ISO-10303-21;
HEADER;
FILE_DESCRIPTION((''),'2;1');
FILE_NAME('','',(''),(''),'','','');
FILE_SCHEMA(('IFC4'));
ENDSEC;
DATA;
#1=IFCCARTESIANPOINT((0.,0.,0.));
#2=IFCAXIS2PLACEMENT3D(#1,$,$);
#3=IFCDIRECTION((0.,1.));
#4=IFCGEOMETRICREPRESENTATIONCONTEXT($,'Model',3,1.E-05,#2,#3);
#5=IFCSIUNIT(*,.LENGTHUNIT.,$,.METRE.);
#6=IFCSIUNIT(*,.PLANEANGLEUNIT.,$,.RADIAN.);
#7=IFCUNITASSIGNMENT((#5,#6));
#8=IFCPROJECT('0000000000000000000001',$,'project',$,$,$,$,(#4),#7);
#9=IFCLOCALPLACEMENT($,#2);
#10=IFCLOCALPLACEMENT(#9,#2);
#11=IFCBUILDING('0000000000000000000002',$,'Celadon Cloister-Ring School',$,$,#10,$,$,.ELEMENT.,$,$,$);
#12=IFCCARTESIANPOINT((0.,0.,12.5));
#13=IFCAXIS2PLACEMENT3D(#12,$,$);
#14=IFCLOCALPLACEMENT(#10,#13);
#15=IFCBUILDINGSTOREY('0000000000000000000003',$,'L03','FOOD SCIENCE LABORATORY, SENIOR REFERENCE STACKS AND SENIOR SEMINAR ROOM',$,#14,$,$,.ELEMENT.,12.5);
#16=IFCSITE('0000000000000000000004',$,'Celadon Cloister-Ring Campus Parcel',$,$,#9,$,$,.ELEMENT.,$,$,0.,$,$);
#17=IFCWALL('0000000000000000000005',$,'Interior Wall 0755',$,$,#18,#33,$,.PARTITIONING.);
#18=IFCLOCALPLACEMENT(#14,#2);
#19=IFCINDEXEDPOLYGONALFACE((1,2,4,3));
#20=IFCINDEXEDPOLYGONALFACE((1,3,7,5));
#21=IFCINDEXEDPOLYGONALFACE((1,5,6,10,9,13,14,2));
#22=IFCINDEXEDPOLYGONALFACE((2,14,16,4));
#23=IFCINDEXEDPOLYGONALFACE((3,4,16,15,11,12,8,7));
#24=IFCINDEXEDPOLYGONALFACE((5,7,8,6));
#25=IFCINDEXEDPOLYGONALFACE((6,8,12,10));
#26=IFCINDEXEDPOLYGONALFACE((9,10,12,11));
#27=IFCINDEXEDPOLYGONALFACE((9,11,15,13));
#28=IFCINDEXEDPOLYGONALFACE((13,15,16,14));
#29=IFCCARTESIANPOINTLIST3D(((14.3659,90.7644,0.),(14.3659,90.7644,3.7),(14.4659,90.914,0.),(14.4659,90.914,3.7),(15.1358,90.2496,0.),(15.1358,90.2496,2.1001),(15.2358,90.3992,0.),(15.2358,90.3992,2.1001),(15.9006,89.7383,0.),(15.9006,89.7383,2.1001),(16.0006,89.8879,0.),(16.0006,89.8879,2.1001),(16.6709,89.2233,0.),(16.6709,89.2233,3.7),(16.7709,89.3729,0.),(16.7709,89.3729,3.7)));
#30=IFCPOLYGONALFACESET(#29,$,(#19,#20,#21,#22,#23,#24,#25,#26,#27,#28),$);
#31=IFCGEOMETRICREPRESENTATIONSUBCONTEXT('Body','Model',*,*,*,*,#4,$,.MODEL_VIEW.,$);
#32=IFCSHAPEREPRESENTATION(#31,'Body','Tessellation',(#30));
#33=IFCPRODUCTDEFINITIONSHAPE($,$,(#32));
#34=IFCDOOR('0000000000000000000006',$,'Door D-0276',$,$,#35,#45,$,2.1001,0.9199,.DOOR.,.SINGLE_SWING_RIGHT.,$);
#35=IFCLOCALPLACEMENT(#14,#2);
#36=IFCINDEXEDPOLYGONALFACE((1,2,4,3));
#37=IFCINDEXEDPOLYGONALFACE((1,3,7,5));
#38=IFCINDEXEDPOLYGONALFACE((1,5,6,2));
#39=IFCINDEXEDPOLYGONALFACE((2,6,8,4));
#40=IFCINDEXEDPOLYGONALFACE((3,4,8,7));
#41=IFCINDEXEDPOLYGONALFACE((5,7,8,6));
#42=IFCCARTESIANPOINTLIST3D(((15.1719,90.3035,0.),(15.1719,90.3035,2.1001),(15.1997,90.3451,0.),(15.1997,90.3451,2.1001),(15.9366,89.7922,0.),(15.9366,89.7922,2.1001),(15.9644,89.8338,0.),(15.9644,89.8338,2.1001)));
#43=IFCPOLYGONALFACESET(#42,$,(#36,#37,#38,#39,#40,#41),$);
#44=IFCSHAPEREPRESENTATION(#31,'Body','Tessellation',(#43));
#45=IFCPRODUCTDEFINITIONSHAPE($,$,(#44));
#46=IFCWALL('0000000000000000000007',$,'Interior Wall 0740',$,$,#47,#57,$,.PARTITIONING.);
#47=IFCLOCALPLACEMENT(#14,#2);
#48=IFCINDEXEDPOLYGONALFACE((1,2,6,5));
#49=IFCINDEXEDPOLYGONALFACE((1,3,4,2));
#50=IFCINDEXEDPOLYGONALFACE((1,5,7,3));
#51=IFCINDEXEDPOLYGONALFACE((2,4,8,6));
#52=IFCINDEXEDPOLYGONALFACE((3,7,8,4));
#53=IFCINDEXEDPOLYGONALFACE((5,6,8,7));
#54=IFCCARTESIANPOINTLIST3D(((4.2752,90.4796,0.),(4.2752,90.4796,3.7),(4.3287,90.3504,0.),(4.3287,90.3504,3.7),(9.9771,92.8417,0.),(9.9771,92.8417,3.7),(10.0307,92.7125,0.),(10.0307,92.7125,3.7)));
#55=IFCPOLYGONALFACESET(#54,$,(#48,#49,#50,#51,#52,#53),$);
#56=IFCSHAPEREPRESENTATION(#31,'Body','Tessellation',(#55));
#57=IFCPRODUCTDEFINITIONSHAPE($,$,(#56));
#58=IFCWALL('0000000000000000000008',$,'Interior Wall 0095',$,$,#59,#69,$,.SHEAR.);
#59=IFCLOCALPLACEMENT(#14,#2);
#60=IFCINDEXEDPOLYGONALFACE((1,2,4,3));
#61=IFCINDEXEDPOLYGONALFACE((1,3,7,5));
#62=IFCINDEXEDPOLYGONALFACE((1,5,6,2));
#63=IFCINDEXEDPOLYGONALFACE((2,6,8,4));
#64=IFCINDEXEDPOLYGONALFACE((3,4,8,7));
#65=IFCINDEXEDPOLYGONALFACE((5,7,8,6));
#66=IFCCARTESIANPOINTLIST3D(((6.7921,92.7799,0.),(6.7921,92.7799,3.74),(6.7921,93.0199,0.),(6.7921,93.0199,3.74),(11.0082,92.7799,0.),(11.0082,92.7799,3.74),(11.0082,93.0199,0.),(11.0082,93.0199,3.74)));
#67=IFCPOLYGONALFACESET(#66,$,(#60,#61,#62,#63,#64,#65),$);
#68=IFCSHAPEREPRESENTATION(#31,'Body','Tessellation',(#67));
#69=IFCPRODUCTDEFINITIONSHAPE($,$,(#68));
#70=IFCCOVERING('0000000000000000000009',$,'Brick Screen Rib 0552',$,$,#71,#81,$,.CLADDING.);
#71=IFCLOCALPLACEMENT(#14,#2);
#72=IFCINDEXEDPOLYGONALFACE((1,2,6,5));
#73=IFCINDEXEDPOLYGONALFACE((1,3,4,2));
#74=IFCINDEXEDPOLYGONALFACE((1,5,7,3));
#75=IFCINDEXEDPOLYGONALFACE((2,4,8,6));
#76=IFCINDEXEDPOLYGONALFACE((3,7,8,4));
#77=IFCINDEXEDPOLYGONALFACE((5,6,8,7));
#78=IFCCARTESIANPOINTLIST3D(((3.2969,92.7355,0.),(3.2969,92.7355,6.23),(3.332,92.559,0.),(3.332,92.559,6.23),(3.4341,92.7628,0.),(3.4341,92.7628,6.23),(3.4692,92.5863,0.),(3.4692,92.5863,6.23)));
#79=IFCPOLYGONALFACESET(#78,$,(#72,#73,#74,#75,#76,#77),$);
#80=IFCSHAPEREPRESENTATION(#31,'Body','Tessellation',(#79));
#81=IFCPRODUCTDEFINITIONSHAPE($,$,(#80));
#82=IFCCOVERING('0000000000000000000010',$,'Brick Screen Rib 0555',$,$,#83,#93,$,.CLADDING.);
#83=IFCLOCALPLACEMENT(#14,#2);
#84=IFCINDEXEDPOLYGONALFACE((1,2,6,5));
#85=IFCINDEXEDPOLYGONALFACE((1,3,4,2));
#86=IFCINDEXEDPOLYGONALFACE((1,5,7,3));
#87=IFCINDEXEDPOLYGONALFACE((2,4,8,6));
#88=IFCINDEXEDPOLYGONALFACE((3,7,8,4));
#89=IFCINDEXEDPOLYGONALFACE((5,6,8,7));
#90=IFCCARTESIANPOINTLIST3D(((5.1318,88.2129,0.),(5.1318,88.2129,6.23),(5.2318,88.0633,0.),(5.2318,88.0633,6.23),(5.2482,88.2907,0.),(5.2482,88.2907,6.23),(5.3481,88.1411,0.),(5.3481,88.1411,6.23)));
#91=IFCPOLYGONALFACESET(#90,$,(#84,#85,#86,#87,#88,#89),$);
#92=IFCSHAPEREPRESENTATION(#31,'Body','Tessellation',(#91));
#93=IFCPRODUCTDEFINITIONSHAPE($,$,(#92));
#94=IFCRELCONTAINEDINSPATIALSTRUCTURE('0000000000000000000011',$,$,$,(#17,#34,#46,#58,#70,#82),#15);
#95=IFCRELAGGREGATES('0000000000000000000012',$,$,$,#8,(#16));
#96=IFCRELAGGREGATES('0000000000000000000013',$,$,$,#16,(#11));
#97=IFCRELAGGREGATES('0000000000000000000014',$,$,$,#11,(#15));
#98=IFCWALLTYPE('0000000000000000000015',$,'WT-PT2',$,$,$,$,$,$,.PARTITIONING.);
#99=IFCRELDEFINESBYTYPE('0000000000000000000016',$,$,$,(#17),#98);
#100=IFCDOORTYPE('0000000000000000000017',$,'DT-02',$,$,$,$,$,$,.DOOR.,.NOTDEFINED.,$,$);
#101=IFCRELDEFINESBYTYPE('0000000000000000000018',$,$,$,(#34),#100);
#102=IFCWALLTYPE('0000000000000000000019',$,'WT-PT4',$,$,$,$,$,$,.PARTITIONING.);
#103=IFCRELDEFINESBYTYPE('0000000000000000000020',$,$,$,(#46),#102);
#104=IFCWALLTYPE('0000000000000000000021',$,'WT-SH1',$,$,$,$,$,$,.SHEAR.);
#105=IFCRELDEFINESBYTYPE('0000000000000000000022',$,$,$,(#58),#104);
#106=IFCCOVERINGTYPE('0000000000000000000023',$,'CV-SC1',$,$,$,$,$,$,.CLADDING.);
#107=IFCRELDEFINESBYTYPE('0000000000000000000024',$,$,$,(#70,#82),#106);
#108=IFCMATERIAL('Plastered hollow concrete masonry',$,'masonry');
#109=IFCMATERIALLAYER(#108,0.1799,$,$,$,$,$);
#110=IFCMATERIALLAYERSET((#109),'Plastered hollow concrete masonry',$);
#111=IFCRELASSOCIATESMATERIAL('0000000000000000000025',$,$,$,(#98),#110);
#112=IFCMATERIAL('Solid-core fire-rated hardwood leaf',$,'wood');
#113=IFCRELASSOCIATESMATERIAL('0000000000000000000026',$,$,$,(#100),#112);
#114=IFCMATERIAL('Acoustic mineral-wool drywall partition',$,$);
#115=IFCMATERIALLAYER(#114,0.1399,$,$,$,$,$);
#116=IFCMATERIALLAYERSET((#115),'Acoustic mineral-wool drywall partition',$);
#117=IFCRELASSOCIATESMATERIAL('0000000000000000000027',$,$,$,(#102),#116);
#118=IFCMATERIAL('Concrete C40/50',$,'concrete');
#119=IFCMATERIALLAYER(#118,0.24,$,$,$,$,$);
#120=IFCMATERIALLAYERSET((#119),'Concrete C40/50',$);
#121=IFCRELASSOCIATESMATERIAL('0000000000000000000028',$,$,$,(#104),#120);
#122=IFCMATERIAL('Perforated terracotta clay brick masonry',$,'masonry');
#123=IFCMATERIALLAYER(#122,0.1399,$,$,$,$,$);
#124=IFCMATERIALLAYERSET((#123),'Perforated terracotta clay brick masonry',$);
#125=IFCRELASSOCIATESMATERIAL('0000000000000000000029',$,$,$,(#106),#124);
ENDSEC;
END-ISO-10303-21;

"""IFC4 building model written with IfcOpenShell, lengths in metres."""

from ifc_helpers import new_model, si_unit, direction, frame, frame_2d, origin, origin_2d, place, context, subcontext, project, spatial, rectangle, extrude, material, layer, layer_set, type_object, element, fill, save


model = new_model("IFC4")

# Units and contexts
model_context = context("Model", 3, precision=1e-05, world=origin(), true_north=direction((0.0, 1.0)))
body_context = subcontext(model_context, "Body", "Model", "MODEL_VIEW")
ifc_project = project(units=[si_unit("LENGTHUNIT", "METRE"), si_unit("PLANEANGLEUNIT", "RADIAN")], contexts=[model_context])

# Site, building, storey
site_placement = place(None, origin())
site = spatial("IfcSite", under=ifc_project, at=site_placement, Name="Celadon Cloister-Ring Campus Parcel", CompositionType="ELEMENT", RefElevation=0.0)
building_placement = place(site_placement, origin())
building = spatial("IfcBuilding", under=site, at=building_placement, Name="Celadon Cloister-Ring School", CompositionType="ELEMENT")
storey_placement = place(building_placement, frame((0.0, 0.0, 12.5)))
storey = spatial("IfcBuildingStorey", under=building, at=storey_placement, Name="L03", Description="FOOD SCIENCE LABORATORY, SENIOR REFERENCE STACKS AND SENIOR SEMINAR ROOM", CompositionType="ELEMENT", Elevation=12.5)

# Wall, opening, door
ifc_material_1 = material(Name="Plastered hollow concrete masonry", Category="masonry")
ifc_layer_1 = layer(ifc_material_1, 0.1799)
ifc_layer_set_1 = layer_set([ifc_layer_1], Name="Plastered hollow concrete masonry")
wall_type_1 = type_object("IfcWallType", Name="WT-PT2", PredefinedType="PARTITIONING", material=ifc_layer_set_1)
wall_1_placement = place(storey_placement, frame((14.416, 90.8391, 0.0), z_axis=(0.0, 0.0, 1.0), x_axis=(0.831318, -0.555797, 0.0)))
wall_1 = element("IfcWall", 1, at=wall_1_placement, inside=storey, type_object=wall_type_1, Name="Interior Wall 0755", PredefinedType="PARTITIONING", context=body_context, shape_type="SweptSolid", body=[
    extrude(rectangle(XDim=2.7727, YDim=0.1799, at=frame_2d((1.3862, 0.0))), origin(), (0.0, 0.0, 1.0), 3.7),
])
opening_1_placement = place(wall_1_placement, frame((0.926, 0.0, 0.0)))
opening_1 = element("IfcOpeningElement", 2, at=opening_1_placement, cuts=wall_1, PredefinedType="OPENING", context=body_context, shape_type="SweptSolid", body=[
    extrude(rectangle(XDim=0.9199, YDim=2.1001, at=frame_2d((0.46, 1.05))), frame((0.0, 0.1001, 0.0), z_axis=(0.0, -1.0, 0.0), x_axis=(1.0, 0.0, 0.0)), (0.0, 0.0, 1.0), 0.2),
])
ifc_material_2 = material(Name="Solid-core fire-rated hardwood leaf", Category="wood")
door_type = type_object("IfcDoorType", Name="DT-02", OperationType="NOTDEFINED", PredefinedType="DOOR", material=ifc_material_2)
door_placement = place(opening_1_placement, origin())
door = element("IfcDoor", 3, at=door_placement, inside=storey, type_object=door_type, Name="Door D-0276", OperationType="SINGLE_SWING_RIGHT", OverallHeight=2.1001, OverallWidth=0.9199, PredefinedType="DOOR", context=body_context, shape_type="SweptSolid", body=[
    extrude(rectangle(XDim=0.9199, YDim=2.1001, at=frame_2d((0.46, 1.05))), frame((0.0, 0.0249, 0.0), z_axis=(0.0, -1.0, 0.0), x_axis=(1.0, 0.0, 0.0)), (0.0, 0.0, 1.0), 0.05),
])
fill(opening_1, door)

# Walls
ifc_material_3 = material(Name="Acoustic mineral-wool drywall partition")
ifc_layer_2 = layer(ifc_material_3, 0.1399)
ifc_layer_set_2 = layer_set([ifc_layer_2], Name="Acoustic mineral-wool drywall partition")
wall_type_2 = type_object("IfcWallType", Name="WT-PT4", PredefinedType="PARTITIONING", material=ifc_layer_set_2)
wall_2_placement = place(storey_placement, frame((10.0039, 92.7771, 0.0), z_axis=(0.0, 0.0, 1.0), x_axis=(-0.923865, -0.382719, 0.0)))
element("IfcWall", 4, at=wall_2_placement, inside=storey, type_object=wall_type_2, Name="Interior Wall 0740", PredefinedType="PARTITIONING", context=body_context, shape_type="SweptSolid", body=[
    extrude(rectangle(XDim=6.1719, YDim=0.1399, at=frame_2d((3.0859, 0.0))), origin(), (0.0, 0.0, 1.0), 3.7),
])
ifc_material_4 = material(Name="Concrete C40/50", Category="concrete")
ifc_layer_3 = layer(ifc_material_4, 0.24)
ifc_layer_set_3 = layer_set([ifc_layer_3], Name="Concrete C40/50")
wall_type_3 = type_object("IfcWallType", Name="WT-SH1", PredefinedType="SHEAR", material=ifc_layer_set_3)
wall_3_placement = place(storey_placement, frame((11.0081, 92.8999, 0.0), z_axis=(0.0, 0.0, 1.0), x_axis=(-1.0, 0.0, 0.0)))
element("IfcWall", 5, at=wall_3_placement, inside=storey, type_object=wall_type_3, Name="Interior Wall 0095", PredefinedType="SHEAR", context=body_context, shape_type="SweptSolid", body=[
    extrude(rectangle(XDim=4.2161, YDim=0.24, at=frame_2d((2.1079, 0.0))), origin(), (0.0, 0.0, 1.0), 3.74),
])

# Coverings
ifc_material_5 = material(Name="Perforated terracotta clay brick masonry", Category="masonry")
ifc_layer_4 = layer(ifc_material_5, 0.1399)
ifc_layer_set_4 = layer_set([ifc_layer_4], Name="Perforated terracotta clay brick masonry")
covering_type = type_object("IfcCoveringType", Name="CV-SC1", PredefinedType="CLADDING", material=ifc_layer_set_4)
for number, where, z_axis, x_axis, name in (
    (6, (3.3831, 92.6609, 0.0), (0.0, 0.0, 1.0), (-0.195142, 0.980775, 0.0), "Brick Screen Rib 0552"),
    (7, (5.24, 88.177, 0.0), (0.0, 0.0, 1.0), (-0.555672, 0.831402, 0.0), "Brick Screen Rib 0555"),
):
    element("IfcCovering", number, at=place(storey_placement, frame(where, z_axis=z_axis, x_axis=x_axis)), inside=storey, type_object=covering_type, Name=name, PredefinedType="CLADDING", context=body_context, shape_type="SweptSolid", body=[
        extrude(rectangle(XDim=0.1799, YDim=0.1399, at=origin_2d()), origin(), (0.0, 0.0, 1.0), 6.23),
    ])

save(model, "model.ifc")
